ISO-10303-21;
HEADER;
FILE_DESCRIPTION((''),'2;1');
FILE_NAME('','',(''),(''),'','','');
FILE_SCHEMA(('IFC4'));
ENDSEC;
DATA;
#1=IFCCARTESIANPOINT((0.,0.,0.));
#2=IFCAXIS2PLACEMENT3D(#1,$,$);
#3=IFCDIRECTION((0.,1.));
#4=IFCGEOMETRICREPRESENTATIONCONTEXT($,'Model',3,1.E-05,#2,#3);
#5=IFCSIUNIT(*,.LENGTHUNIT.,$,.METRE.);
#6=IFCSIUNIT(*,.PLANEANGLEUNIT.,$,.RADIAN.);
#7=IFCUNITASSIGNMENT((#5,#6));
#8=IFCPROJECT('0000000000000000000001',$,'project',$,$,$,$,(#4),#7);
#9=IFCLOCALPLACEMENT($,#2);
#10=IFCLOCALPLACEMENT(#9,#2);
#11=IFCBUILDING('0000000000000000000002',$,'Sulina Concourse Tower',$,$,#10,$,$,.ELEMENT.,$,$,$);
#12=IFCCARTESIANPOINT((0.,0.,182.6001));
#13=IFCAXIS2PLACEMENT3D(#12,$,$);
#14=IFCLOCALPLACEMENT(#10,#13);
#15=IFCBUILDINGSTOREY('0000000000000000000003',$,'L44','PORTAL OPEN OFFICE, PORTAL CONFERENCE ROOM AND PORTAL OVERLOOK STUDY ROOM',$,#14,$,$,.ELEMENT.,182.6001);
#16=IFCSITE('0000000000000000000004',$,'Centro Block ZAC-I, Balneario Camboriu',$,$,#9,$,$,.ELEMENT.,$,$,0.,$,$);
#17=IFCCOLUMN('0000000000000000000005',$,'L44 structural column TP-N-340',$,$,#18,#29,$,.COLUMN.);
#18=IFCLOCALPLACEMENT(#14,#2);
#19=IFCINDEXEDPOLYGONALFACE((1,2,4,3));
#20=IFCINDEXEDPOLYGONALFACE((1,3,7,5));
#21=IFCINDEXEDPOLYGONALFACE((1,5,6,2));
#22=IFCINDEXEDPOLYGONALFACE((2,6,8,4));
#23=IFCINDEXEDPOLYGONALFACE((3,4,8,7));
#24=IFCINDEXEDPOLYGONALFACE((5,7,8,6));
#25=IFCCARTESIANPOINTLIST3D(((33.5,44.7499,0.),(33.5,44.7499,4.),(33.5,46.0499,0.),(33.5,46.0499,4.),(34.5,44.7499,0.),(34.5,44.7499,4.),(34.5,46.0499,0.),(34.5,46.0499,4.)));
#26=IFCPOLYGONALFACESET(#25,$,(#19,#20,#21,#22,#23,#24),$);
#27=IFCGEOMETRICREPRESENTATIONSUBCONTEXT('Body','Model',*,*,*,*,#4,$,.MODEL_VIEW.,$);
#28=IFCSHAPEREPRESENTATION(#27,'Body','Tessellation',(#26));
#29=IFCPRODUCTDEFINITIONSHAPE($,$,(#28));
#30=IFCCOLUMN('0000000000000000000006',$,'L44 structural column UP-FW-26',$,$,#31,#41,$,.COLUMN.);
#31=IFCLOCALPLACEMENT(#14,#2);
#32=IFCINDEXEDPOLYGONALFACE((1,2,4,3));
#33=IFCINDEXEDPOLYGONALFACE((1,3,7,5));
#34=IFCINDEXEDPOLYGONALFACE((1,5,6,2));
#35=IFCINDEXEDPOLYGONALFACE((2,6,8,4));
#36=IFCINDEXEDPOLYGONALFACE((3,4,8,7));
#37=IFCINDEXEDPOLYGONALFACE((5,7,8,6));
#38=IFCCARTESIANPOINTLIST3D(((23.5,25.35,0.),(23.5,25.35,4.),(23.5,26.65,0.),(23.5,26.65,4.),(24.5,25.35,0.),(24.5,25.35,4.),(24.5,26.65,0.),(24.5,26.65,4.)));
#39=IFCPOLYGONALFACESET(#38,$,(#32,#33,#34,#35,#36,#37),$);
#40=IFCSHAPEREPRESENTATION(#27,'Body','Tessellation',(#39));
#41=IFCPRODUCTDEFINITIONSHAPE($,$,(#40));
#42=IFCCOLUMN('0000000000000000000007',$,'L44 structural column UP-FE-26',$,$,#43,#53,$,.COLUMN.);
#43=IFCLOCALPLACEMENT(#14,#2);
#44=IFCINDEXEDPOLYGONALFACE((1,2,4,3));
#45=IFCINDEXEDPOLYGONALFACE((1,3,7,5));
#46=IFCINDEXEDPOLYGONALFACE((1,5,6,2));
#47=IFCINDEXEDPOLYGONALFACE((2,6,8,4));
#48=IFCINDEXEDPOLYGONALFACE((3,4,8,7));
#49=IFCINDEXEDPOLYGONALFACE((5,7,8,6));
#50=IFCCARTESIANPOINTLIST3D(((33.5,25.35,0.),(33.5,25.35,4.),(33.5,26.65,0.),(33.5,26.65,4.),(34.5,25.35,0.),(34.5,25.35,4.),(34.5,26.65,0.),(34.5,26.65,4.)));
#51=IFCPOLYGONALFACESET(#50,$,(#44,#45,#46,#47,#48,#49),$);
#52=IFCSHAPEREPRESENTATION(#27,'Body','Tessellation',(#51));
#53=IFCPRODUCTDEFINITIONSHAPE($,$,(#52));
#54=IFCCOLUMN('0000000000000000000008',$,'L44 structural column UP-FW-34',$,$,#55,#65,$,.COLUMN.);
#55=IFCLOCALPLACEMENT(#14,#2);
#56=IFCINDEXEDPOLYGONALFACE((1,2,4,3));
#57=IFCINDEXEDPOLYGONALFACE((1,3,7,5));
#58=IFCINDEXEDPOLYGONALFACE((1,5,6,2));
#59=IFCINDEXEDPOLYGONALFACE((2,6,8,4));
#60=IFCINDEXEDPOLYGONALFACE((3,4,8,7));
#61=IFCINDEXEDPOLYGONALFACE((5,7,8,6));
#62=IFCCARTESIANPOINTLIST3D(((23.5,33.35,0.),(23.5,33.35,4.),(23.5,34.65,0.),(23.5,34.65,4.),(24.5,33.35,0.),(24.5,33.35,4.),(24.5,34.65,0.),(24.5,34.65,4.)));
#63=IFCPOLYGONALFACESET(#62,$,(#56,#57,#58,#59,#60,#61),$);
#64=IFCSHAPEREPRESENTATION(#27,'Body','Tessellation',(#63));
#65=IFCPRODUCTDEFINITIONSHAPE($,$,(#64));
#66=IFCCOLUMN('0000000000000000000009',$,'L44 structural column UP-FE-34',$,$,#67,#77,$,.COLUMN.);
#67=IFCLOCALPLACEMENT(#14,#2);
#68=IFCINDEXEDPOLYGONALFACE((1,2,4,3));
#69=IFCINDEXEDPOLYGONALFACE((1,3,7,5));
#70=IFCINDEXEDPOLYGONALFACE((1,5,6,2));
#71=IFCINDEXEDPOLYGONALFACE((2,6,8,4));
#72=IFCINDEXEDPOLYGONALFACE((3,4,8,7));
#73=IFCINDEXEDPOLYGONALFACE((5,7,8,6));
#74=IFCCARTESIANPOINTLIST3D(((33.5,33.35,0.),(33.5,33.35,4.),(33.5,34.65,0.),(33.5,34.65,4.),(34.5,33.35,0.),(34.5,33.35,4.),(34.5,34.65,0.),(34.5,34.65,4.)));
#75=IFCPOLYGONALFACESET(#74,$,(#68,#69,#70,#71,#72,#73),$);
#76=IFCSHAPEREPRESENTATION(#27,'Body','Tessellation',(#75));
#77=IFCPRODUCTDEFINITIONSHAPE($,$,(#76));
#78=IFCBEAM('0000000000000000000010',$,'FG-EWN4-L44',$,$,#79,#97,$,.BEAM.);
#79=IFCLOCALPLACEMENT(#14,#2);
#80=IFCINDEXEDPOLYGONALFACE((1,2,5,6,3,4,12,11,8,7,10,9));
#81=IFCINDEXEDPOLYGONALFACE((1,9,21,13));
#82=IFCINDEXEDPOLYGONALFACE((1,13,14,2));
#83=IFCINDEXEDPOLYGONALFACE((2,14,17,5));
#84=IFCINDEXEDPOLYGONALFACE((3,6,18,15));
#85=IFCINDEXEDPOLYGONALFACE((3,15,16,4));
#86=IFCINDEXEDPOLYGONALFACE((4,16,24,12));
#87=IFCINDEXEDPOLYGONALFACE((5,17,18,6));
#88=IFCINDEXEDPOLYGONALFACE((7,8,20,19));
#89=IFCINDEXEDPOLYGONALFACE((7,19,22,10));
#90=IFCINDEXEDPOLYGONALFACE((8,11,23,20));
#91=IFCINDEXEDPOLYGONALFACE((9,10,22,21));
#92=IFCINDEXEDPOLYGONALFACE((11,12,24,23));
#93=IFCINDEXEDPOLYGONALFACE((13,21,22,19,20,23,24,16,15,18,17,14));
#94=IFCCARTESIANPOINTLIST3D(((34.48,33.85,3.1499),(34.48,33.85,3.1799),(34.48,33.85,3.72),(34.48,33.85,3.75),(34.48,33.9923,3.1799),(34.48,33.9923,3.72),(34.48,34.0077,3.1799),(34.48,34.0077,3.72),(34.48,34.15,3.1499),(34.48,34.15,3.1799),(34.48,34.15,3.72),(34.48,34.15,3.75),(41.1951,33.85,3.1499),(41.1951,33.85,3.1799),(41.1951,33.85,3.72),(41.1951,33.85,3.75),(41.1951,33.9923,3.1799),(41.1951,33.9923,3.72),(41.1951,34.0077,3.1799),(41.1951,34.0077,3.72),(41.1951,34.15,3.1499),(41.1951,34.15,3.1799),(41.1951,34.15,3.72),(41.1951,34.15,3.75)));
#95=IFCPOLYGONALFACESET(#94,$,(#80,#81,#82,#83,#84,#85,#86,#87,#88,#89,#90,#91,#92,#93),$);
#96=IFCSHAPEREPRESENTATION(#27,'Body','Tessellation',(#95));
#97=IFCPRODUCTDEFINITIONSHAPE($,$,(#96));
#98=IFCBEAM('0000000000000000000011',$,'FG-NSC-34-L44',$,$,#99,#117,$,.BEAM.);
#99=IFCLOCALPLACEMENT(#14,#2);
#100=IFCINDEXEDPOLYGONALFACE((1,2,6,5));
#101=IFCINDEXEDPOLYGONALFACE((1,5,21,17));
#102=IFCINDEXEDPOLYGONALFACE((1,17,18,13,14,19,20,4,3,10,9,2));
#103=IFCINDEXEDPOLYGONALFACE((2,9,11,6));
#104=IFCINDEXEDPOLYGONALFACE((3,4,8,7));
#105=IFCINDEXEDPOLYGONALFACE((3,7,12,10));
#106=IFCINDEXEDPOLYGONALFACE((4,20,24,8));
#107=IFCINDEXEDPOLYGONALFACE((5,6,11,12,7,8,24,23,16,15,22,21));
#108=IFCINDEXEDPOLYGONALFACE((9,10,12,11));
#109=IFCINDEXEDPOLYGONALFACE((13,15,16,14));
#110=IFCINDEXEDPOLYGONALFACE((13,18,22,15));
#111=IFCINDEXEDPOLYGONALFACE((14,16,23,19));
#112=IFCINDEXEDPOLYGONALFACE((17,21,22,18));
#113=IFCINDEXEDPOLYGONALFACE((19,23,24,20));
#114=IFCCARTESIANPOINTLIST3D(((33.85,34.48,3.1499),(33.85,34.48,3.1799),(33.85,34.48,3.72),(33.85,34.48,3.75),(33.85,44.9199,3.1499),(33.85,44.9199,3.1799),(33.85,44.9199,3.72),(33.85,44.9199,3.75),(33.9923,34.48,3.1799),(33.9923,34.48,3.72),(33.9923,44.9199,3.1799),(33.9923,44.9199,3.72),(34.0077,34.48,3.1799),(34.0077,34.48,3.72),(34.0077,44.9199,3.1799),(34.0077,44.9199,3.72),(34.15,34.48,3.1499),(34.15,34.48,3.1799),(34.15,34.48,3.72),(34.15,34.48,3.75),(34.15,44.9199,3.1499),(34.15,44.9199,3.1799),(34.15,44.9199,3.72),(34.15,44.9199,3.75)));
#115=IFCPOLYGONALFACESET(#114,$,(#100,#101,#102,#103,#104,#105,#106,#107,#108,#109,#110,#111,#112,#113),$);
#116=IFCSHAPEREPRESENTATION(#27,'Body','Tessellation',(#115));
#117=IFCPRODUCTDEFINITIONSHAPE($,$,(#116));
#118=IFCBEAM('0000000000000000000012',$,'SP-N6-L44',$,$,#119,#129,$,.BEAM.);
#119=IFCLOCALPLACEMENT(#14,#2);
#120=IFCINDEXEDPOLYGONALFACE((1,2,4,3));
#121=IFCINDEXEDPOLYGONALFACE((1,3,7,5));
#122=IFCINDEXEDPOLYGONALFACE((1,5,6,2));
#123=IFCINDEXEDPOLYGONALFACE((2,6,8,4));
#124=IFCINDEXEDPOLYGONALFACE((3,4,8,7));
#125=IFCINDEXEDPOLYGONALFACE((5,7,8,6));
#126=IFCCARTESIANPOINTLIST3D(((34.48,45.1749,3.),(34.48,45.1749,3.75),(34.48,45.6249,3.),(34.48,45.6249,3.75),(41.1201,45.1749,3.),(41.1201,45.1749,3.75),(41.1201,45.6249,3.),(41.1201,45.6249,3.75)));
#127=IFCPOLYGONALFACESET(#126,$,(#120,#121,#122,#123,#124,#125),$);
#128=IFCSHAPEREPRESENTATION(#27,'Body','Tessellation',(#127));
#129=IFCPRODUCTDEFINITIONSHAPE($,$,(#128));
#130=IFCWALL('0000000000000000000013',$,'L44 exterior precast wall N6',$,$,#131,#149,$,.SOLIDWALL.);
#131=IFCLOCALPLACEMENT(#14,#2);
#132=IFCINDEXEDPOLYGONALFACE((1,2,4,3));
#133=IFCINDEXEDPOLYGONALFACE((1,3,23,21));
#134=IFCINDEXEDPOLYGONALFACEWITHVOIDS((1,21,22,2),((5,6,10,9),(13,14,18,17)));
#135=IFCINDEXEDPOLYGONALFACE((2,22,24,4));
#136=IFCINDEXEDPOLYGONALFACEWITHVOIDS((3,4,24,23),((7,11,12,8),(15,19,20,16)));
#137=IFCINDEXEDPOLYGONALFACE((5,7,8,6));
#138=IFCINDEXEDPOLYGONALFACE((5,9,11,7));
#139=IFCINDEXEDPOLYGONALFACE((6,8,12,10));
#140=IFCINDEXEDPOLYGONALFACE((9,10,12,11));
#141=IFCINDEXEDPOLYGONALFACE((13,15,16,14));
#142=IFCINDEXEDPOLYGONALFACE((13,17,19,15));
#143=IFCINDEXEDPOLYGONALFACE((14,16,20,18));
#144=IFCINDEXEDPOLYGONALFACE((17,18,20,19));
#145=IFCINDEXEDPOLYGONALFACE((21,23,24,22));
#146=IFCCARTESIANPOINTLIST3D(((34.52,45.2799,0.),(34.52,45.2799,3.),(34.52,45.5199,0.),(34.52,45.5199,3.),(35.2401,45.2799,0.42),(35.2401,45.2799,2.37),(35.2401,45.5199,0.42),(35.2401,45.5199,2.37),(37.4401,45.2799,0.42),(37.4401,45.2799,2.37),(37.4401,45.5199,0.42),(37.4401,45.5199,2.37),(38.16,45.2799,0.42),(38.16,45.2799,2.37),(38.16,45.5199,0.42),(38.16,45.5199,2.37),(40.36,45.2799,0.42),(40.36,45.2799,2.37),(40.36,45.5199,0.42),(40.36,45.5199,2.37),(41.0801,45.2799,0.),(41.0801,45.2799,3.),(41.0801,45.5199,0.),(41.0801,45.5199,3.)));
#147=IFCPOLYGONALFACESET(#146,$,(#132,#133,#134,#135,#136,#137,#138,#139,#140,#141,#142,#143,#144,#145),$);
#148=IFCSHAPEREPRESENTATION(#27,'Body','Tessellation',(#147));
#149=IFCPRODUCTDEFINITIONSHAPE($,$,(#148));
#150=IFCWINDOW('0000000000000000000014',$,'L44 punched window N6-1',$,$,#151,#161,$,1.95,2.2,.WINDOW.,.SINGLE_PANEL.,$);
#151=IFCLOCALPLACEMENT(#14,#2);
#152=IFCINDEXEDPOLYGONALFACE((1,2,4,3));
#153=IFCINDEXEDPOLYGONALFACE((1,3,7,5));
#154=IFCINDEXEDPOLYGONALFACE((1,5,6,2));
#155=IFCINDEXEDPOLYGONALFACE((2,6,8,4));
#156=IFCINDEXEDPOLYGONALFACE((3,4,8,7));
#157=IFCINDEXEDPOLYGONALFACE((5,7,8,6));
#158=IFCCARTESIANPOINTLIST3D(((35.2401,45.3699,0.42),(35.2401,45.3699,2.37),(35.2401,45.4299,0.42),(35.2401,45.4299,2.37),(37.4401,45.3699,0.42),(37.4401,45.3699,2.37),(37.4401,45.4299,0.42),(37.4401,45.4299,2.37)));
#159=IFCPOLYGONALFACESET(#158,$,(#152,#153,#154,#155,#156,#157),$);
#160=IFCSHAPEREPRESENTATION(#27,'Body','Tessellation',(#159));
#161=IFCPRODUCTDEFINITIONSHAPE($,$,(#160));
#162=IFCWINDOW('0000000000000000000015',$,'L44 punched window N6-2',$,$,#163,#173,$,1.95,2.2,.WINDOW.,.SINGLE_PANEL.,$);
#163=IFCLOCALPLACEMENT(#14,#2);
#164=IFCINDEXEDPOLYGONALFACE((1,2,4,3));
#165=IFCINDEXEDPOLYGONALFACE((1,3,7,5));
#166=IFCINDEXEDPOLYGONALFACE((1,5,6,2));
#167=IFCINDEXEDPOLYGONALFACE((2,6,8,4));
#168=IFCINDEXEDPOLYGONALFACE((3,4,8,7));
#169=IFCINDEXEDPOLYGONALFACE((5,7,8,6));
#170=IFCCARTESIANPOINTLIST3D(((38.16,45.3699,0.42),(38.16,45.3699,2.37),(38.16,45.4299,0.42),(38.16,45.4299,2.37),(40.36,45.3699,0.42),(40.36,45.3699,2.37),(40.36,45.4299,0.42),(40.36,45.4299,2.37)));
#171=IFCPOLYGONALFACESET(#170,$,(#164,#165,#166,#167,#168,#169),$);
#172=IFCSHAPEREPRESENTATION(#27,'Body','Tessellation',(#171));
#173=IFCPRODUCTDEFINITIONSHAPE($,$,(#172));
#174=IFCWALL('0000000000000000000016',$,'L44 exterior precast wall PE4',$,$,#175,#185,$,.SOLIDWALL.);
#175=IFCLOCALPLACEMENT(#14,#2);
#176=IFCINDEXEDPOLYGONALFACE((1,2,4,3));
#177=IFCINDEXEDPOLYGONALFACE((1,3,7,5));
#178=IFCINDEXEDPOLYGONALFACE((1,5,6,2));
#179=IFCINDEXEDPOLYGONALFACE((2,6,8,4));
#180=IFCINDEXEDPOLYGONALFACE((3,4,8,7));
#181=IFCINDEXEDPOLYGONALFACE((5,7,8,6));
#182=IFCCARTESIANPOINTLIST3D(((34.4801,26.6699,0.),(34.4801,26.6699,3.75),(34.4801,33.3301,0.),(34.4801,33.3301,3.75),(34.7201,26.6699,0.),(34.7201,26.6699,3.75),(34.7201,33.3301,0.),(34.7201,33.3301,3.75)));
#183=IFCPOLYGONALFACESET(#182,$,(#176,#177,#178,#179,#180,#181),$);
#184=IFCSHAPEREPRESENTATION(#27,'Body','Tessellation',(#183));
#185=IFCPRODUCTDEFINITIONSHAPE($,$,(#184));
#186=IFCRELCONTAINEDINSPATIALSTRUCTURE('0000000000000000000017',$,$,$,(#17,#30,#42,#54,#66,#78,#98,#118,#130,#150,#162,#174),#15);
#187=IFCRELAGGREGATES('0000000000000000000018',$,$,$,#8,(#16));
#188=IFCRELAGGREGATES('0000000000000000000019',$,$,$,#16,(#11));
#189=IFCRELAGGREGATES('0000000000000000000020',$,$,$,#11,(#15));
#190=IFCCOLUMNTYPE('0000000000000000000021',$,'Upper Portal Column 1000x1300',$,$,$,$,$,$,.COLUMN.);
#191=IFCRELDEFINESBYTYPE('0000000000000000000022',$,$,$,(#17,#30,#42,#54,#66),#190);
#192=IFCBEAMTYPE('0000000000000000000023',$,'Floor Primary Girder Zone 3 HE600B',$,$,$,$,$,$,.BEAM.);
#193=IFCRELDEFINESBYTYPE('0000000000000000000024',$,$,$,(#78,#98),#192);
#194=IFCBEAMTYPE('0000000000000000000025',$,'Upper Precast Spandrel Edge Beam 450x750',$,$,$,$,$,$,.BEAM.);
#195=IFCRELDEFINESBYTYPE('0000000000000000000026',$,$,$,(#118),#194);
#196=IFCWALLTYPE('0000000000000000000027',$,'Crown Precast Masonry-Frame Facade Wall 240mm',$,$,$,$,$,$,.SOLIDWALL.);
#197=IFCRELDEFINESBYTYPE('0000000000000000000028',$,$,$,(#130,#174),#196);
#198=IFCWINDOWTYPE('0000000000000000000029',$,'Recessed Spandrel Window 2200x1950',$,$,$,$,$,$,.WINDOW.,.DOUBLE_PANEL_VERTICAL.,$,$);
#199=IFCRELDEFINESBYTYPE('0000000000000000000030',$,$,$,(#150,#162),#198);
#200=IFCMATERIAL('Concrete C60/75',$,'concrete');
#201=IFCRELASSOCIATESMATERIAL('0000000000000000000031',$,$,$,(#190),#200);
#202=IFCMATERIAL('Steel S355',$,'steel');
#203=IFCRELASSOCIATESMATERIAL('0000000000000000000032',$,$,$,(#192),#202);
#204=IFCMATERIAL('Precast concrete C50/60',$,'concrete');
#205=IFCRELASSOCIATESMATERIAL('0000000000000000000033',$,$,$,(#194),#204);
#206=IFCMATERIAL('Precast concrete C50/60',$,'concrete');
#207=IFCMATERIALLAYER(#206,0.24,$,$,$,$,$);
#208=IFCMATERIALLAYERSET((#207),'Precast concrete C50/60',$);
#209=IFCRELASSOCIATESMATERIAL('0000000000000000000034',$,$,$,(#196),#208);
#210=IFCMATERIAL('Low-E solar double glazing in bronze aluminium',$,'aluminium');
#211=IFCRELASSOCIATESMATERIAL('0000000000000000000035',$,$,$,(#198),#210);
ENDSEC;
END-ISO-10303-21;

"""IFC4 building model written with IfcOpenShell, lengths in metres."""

from ifc_helpers import new_model, si_unit, direction, frame, frame_2d, origin, origin_2d, place, context, subcontext, project, spatial, rectangle, i_section, extrude, material, layer, layer_set, material_profile, profile_set, type_object, element, fill, save


model = new_model("IFC4")

# Units and contexts
model_context = context("Model", 3, precision=1e-05, world=origin(), true_north=direction((0.0, 1.0)))
body_context = subcontext(model_context, "Body", "Model", "MODEL_VIEW")
ifc_project = project(units=[si_unit("LENGTHUNIT", "METRE"), si_unit("PLANEANGLEUNIT", "RADIAN")], contexts=[model_context])

# Site, building, storey
site_placement = place(None, origin())
site = spatial("IfcSite", under=ifc_project, at=site_placement, Name="Centro Block ZAC-I, Balneario Camboriu", CompositionType="ELEMENT", RefElevation=0.0)
building_placement = place(site_placement, origin())
building = spatial("IfcBuilding", under=site, at=building_placement, Name="Sulina Concourse Tower", CompositionType="ELEMENT")
storey_placement = place(building_placement, frame((0.0, 0.0, 182.6001)))
storey = spatial("IfcBuildingStorey", under=building, at=storey_placement, Name="L44", Description="PORTAL OPEN OFFICE, PORTAL CONFERENCE ROOM AND PORTAL OVERLOOK STUDY ROOM", CompositionType="ELEMENT", Elevation=182.6001)

# Columns
ifc_material_1 = material(Name="Concrete C60/75", Category="concrete")
ifc_material_profile_1 = material_profile(ifc_material_1, rectangle(XDim=1.0, YDim=1.3, at=origin_2d()), Name="RC 1000x1300")
ifc_profile_set_1 = profile_set([ifc_material_profile_1], Name="Concrete C60/75")
column_type = type_object("IfcColumnType", Name="Upper Portal Column 1000x1300", PredefinedType="COLUMN", material=ifc_profile_set_1)
for number, where, z_axis, x_axis, name in (
    (1, (34.0, 45.3999, 0.0), (0.0, 0.0, 1.0), (1.0, 0.0, 0.0), "L44 structural column TP-N-340"),
    (2, (24.0, 26.0, 0.0), (0.0, 0.0, 1.0), (1.0, 0.0, 0.0), "L44 structural column UP-FW-26"),
    (3, (34.0, 26.0, 0.0), (0.0, 0.0, 1.0), (1.0, 0.0, 0.0), "L44 structural column UP-FE-26"),
    (4, (24.0, 34.0, 0.0), (0.0, 0.0, 1.0), (1.0, 0.0, 0.0), "L44 structural column UP-FW-34"),
    (5, (34.0, 34.0, 0.0), (0.0, 0.0, 1.0), (1.0, 0.0, 0.0), "L44 structural column UP-FE-34"),
):
    element("IfcColumn", number, at=place(storey_placement, frame(where, z_axis=z_axis, x_axis=x_axis)), inside=storey, type_object=column_type, Name=name, PredefinedType="COLUMN", context=body_context, shape_type="SweptSolid", body=[
        extrude(rectangle(XDim=1.0, YDim=1.3, at=origin_2d()), origin(), (0.0, 0.0, 1.0), 4.0),
    ])

# Beams
ifc_material_2 = material(Name="Steel S355", Category="steel")
ifc_material_profile_2 = material_profile(ifc_material_2, i_section(OverallWidth=0.3, OverallDepth=0.6001, WebThickness=0.0154, FlangeThickness=0.03, at=origin_2d()), Name="HE 600 B")
ifc_profile_set_2 = profile_set([ifc_material_profile_2], Name="Steel S355")
beam_type_1 = type_object("IfcBeamType", Name="Floor Primary Girder Zone 3 HE600B", PredefinedType="BEAM", material=ifc_profile_set_2)
beam_1_placement = place(storey_placement, frame((34.48, 34.0, 3.45), z_axis=(1.0, 0.0, 0.0), x_axis=(0.0, 1.0, 0.0)))
element("IfcBeam", 6, at=beam_1_placement, inside=storey, type_object=beam_type_1, Name="FG-EWN4-L44", PredefinedType="BEAM", context=body_context, shape_type="SweptSolid", body=[
    extrude(i_section(OverallWidth=0.3, OverallDepth=0.6001, WebThickness=0.0154, FlangeThickness=0.03, at=origin_2d()), origin(), (0.0, 0.0, 1.0), 6.7151),
])
beam_2_placement = place(storey_placement, frame((34.0, 34.48, 3.45), z_axis=(0.0, 1.0, 0.0), x_axis=(-1.0, 0.0, 0.0)))
element("IfcBeam", 7, at=beam_2_placement, inside=storey, type_object=beam_type_1, Name="FG-NSC-34-L44", PredefinedType="BEAM", context=body_context, shape_type="SweptSolid", body=[
    extrude(i_section(OverallWidth=0.3, OverallDepth=0.6001, WebThickness=0.0154, FlangeThickness=0.03, at=origin_2d()), origin(), (0.0, 0.0, 1.0), 10.4399),
])
ifc_material_3 = material(Name="Precast concrete C50/60", Category="concrete")
ifc_material_profile_3 = material_profile(ifc_material_3, rectangle(XDim=0.45, YDim=0.75, at=origin_2d()), Name="RC 450x750")
ifc_profile_set_3 = profile_set([ifc_material_profile_3], Name="Precast concrete C50/60")
beam_type_2 = type_object("IfcBeamType", Name="Upper Precast Spandrel Edge Beam 450x750", PredefinedType="BEAM", material=ifc_profile_set_3)
beam_3_placement = place(storey_placement, frame((34.48, 45.3999, 3.375), z_axis=(1.0, 0.0, 0.0), x_axis=(0.0, 1.0, 0.0)))
element("IfcBeam", 8, at=beam_3_placement, inside=storey, type_object=beam_type_2, Name="SP-N6-L44", PredefinedType="BEAM", context=body_context, shape_type="SweptSolid", body=[
    extrude(rectangle(XDim=0.45, YDim=0.75, at=origin_2d()), origin(), (0.0, 0.0, 1.0), 6.6401),
])

# Wall, openings, windows
ifc_material_4 = material(Name="Precast concrete C50/60", Category="concrete")
ifc_layer_1 = layer(ifc_material_4, 0.24)
ifc_layer_set_1 = layer_set([ifc_layer_1], Name="Precast concrete C50/60")
wall_type_1 = type_object("IfcWallType", Name="Crown Precast Masonry-Frame Facade Wall 240mm", PredefinedType="SOLIDWALL", material=ifc_layer_set_1)
wall_1_placement = place(storey_placement, frame((34.52, 45.3999, 0.0), z_axis=(0.0, 0.0, 1.0), x_axis=(1.0, 0.0, 0.0)))
wall_1 = element("IfcWall", 9, at=wall_1_placement, inside=storey, type_object=wall_type_1, Name="L44 exterior precast wall N6", PredefinedType="SOLIDWALL", context=body_context, shape_type="SweptSolid", body=[
    extrude(rectangle(XDim=6.5601, YDim=0.24, at=frame_2d((3.28, 0.0))), origin(), (0.0, 0.0, 1.0), 3.0),
])
opening_1_placement = place(wall_1_placement, frame((0.72, 0.0, 0.4199)))
opening_1 = element("IfcOpeningElement", 10, at=opening_1_placement, cuts=wall_1, PredefinedType="OPENING", context=body_context, shape_type="SweptSolid", body=[
    extrude(rectangle(XDim=2.2, YDim=1.95, at=frame_2d((1.1001, 0.9751))), frame((0.0, 0.1299, 0.0), z_axis=(0.0, -1.0, 0.0), x_axis=(1.0, 0.0, 0.0)), (0.0, 0.0, 1.0), 0.26),
])
opening_2_placement = place(wall_1_placement, frame((3.6399, 0.0, 0.4199)))
opening_2 = element("IfcOpeningElement", 11, at=opening_2_placement, cuts=wall_1, PredefinedType="OPENING", context=body_context, shape_type="SweptSolid", body=[
    extrude(rectangle(XDim=2.2, YDim=1.95, at=frame_2d((1.1001, 0.9751))), frame((0.0, 0.1299, 0.0), z_axis=(0.0, -1.0, 0.0), x_axis=(1.0, 0.0, 0.0)), (0.0, 0.0, 1.0), 0.26),
])
ifc_material_5 = material(Name="Low-E solar double glazing in bronze aluminium", Category="aluminium")
window_type = type_object("IfcWindowType", Name="Recessed Spandrel Window 2200x1950", PartitioningType="DOUBLE_PANEL_VERTICAL", PredefinedType="WINDOW", material=ifc_material_5)
window_1_placement = place(opening_1_placement, origin())
window_1 = element("IfcWindow", 12, at=window_1_placement, inside=storey, type_object=window_type, Name="L44 punched window N6-1", OverallHeight=1.95, OverallWidth=2.2, PartitioningType="SINGLE_PANEL", PredefinedType="WINDOW", context=body_context, shape_type="SweptSolid", body=[
    extrude(rectangle(XDim=2.2, YDim=1.95, at=frame_2d((1.1001, 0.9751))), frame((0.0, 0.03, 0.0), z_axis=(0.0, -1.0, 0.0), x_axis=(1.0, 0.0, 0.0)), (0.0, 0.0, 1.0), 0.0601),
])
fill(opening_1, window_1)
window_2_placement = place(opening_2_placement, origin())
window_2 = element("IfcWindow", 13, at=window_2_placement, inside=storey, type_object=window_type, Name="L44 punched window N6-2", OverallHeight=1.95, OverallWidth=2.2, PartitioningType="SINGLE_PANEL", PredefinedType="WINDOW", context=body_context, shape_type="SweptSolid", body=[
    extrude(rectangle(XDim=2.2, YDim=1.95, at=frame_2d((1.1001, 0.9751))), frame((0.0, 0.03, 0.0), z_axis=(0.0, -1.0, 0.0), x_axis=(1.0, 0.0, 0.0)), (0.0, 0.0, 1.0), 0.0601),
])
fill(opening_2, window_2)

# Wall
wall_2_placement = place(storey_placement, frame((34.6001, 26.6699, 0.0), z_axis=(0.0, 0.0, 1.0), x_axis=(0.0, 1.0, 0.0)))
element("IfcWall", 14, at=wall_2_placement, inside=storey, type_object=wall_type_1, Name="L44 exterior precast wall PE4", PredefinedType="SOLIDWALL", context=body_context, shape_type="SweptSolid", body=[
    extrude(rectangle(XDim=6.6602, YDim=0.24, at=frame_2d((3.3301, 0.0))), origin(), (0.0, 0.0, 1.0), 3.75),
])

save(model, "model.ifc")
